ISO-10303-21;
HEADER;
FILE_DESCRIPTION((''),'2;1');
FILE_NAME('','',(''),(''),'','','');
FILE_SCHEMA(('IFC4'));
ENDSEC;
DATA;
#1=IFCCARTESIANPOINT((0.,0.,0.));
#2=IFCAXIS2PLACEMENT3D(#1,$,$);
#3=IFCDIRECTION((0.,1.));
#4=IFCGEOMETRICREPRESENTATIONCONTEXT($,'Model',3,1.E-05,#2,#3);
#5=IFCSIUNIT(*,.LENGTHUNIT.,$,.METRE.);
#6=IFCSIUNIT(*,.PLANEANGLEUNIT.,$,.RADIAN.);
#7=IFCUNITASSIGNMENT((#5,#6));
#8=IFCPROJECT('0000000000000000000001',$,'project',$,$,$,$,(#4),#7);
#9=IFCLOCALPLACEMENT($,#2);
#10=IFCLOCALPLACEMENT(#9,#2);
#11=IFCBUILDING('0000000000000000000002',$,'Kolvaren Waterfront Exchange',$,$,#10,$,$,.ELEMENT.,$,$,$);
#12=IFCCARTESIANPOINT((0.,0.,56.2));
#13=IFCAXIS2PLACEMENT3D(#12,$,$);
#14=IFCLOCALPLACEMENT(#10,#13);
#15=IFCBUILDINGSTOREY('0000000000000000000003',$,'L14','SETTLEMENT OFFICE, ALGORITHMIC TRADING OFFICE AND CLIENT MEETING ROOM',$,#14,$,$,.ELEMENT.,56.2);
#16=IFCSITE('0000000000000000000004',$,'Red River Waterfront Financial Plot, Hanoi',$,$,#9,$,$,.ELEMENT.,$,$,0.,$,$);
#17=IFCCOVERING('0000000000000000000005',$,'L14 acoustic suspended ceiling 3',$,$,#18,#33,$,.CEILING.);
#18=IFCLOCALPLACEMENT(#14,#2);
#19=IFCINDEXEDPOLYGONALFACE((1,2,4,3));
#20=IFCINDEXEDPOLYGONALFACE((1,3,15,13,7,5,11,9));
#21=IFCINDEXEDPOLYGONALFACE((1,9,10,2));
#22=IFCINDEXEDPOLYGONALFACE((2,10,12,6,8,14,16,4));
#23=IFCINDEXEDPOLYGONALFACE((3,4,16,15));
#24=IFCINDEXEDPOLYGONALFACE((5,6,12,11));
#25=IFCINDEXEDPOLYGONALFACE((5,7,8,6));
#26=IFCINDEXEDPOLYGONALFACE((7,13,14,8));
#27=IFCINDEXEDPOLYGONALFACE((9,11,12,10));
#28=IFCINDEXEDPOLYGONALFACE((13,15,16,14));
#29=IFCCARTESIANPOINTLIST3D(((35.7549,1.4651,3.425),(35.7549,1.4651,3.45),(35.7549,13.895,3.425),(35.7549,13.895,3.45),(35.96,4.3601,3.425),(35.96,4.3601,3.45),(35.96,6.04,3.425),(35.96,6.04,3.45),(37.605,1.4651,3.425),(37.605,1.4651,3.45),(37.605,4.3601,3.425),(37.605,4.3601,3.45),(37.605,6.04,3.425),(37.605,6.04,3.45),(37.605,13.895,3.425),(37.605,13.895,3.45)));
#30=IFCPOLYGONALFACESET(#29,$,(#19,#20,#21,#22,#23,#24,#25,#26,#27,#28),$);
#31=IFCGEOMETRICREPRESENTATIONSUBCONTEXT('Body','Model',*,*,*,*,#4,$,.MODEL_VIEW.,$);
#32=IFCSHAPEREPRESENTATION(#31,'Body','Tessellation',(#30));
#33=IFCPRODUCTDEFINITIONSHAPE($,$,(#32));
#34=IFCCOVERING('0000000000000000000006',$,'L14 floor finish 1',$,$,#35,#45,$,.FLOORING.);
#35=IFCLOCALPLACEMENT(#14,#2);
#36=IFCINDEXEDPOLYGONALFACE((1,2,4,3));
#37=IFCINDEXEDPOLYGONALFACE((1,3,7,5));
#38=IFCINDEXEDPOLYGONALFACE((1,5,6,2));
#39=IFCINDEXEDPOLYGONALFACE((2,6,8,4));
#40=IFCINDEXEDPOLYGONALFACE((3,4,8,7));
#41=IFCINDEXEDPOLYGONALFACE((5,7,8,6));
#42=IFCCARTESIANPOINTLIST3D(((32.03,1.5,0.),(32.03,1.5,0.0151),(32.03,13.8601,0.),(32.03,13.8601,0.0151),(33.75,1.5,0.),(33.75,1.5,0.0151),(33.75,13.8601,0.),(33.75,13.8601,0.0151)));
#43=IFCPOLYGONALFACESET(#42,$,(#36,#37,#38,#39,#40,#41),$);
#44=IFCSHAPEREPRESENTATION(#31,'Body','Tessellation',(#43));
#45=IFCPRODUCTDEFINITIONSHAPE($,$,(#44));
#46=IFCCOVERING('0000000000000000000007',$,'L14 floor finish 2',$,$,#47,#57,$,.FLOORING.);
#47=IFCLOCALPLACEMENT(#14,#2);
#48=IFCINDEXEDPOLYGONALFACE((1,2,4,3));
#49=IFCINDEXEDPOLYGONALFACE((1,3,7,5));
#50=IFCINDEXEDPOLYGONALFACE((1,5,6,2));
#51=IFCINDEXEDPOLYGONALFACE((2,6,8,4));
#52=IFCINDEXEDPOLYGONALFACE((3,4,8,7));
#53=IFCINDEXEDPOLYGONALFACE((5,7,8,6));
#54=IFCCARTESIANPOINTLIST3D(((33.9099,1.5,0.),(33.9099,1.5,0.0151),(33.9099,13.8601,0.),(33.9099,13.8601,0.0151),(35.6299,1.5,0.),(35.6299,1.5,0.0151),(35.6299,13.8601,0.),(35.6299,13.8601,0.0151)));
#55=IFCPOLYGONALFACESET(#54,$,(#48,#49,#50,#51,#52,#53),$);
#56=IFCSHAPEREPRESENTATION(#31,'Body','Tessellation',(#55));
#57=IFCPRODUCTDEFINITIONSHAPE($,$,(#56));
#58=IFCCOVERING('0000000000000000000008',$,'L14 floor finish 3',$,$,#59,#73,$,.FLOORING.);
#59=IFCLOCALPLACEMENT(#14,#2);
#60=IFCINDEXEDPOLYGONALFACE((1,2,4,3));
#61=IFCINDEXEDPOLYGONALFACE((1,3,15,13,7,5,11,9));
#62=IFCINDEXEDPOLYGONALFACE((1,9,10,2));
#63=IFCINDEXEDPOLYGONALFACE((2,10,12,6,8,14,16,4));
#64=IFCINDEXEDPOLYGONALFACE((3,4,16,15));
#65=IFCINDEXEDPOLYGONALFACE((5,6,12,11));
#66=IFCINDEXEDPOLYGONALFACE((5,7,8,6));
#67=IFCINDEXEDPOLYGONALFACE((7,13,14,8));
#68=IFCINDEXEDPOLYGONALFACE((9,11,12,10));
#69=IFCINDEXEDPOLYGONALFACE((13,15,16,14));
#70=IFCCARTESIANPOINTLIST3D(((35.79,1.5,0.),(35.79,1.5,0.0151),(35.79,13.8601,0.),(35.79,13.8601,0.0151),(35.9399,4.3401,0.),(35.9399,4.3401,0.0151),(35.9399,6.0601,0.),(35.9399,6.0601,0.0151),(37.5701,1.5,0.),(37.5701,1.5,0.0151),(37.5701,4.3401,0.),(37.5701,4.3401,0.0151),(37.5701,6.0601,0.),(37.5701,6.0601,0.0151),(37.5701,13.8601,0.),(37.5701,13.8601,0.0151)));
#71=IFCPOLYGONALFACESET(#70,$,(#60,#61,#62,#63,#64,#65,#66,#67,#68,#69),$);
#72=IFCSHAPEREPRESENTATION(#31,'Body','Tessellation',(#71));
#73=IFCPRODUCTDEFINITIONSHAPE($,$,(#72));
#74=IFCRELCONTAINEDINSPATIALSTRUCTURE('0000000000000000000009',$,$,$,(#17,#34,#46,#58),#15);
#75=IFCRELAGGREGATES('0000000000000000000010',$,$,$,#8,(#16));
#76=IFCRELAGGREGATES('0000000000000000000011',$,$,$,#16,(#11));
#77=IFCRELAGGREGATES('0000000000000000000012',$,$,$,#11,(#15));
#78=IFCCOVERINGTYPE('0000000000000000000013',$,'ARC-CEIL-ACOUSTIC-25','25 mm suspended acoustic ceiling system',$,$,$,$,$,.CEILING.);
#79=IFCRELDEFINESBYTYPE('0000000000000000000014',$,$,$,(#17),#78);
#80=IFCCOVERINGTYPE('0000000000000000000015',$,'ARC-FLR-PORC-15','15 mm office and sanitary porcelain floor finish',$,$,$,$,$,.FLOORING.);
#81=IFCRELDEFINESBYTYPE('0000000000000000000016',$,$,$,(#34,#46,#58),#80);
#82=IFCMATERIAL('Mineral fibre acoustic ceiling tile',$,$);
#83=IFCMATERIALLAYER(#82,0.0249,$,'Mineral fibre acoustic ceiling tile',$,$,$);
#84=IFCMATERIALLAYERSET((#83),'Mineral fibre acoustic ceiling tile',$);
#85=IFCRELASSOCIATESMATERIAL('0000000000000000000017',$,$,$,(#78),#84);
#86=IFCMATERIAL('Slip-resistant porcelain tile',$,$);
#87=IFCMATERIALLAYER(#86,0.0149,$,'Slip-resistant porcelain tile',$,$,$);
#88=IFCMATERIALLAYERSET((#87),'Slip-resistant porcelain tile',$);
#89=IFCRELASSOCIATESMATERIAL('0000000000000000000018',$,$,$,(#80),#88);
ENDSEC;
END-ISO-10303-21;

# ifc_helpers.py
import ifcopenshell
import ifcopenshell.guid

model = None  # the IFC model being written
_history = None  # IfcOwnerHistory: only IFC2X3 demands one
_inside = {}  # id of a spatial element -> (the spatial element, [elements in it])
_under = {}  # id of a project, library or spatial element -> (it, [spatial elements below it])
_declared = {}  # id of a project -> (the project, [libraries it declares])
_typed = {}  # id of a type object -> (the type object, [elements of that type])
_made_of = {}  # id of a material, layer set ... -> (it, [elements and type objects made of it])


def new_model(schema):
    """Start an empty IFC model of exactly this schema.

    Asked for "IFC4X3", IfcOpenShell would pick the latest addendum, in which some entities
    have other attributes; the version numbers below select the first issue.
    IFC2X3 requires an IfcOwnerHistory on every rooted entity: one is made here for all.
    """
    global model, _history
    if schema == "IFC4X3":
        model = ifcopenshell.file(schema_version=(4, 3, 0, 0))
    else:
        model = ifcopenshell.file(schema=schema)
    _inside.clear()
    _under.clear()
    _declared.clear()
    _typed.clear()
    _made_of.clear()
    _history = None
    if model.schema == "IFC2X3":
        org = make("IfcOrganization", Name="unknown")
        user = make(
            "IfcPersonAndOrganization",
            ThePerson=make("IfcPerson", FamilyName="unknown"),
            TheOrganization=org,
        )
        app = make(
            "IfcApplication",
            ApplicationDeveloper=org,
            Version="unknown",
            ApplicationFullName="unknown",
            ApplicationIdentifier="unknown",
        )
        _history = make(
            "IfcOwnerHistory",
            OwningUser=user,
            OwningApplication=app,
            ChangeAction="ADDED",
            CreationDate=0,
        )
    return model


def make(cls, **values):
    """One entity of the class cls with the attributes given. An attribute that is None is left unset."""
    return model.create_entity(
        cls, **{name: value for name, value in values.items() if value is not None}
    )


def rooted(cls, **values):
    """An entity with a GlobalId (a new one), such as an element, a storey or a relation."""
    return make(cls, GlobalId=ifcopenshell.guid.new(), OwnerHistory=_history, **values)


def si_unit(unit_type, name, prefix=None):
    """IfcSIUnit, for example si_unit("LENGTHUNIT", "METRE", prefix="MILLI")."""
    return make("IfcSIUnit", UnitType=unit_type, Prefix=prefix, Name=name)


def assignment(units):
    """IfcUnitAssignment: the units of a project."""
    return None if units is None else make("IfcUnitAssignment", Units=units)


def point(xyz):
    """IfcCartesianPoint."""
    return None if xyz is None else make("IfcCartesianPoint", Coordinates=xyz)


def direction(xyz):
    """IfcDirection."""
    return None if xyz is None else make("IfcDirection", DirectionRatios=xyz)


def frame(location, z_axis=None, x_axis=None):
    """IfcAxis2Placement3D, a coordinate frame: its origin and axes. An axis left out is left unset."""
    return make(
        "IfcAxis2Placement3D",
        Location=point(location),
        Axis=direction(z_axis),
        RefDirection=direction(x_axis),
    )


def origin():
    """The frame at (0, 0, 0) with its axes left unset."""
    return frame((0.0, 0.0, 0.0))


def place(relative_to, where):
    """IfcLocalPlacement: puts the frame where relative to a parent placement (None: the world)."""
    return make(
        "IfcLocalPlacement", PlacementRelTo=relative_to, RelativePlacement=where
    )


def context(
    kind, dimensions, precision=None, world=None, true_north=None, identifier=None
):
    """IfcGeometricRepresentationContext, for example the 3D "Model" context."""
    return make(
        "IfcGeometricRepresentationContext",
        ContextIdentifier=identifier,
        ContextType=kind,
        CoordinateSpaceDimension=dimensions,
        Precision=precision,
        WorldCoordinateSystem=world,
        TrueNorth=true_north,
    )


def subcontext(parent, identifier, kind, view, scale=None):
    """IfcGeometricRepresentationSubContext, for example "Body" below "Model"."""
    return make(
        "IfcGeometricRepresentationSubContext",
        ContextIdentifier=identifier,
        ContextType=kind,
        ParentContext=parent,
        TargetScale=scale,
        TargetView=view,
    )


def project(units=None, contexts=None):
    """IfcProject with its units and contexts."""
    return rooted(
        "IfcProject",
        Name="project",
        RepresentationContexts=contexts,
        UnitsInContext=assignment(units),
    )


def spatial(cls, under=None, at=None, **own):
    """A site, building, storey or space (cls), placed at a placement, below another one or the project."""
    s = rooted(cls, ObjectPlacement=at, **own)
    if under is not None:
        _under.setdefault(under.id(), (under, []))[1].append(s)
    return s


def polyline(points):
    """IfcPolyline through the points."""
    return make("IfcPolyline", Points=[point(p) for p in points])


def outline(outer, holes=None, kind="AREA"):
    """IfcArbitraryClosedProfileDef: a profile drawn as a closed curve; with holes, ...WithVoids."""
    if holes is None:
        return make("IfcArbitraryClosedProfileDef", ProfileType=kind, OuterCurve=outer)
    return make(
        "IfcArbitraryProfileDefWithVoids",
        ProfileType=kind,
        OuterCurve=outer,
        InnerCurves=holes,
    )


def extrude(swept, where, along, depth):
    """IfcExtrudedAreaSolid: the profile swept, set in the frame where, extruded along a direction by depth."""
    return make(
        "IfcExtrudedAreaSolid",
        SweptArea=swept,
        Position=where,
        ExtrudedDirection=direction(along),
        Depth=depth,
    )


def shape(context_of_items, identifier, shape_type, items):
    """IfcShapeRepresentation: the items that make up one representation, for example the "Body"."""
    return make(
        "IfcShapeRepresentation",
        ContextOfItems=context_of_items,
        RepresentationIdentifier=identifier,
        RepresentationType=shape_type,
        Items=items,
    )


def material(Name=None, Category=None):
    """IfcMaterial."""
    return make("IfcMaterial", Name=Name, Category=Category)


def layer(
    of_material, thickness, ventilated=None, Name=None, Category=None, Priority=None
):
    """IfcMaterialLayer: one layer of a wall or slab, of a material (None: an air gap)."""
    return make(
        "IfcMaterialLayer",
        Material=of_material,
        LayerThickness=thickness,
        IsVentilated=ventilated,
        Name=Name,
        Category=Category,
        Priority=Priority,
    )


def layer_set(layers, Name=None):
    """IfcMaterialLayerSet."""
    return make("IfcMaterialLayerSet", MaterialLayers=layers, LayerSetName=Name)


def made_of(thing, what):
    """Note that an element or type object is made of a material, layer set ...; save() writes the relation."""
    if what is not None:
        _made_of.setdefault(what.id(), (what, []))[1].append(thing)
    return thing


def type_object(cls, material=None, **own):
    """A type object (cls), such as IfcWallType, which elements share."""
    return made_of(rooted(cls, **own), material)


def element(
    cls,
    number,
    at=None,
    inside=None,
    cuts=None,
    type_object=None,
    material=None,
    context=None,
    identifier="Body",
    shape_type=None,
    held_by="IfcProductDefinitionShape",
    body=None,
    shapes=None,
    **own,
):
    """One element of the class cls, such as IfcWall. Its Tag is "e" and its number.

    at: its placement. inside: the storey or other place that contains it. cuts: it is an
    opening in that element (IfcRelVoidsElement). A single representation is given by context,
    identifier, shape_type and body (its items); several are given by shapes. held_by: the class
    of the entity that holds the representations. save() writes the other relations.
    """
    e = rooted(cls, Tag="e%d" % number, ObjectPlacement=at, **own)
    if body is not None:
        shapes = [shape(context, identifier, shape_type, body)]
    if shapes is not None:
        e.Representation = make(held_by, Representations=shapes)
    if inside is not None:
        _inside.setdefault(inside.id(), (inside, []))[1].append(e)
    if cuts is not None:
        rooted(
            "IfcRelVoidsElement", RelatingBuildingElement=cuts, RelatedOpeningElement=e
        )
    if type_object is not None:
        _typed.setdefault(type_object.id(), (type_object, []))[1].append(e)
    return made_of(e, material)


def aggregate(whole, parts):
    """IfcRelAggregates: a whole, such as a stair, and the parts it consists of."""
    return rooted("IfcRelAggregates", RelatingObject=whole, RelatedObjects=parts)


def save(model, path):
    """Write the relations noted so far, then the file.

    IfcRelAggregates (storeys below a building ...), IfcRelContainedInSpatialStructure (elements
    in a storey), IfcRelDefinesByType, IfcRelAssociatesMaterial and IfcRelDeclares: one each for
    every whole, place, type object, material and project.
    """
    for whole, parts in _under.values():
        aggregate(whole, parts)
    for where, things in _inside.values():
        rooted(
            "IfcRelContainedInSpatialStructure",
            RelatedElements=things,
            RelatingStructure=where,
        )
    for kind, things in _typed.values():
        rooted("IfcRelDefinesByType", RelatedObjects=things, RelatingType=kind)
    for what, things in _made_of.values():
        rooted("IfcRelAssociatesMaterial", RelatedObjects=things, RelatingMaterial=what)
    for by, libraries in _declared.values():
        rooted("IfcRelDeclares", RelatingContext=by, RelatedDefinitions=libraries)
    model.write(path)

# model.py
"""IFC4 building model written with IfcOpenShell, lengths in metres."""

from ifc_helpers import new_model, si_unit, direction, frame, origin, place, context, subcontext, project, spatial, polyline, outline, extrude, material, layer, layer_set, type_object, element, save


model = new_model("IFC4")

# Units and contexts
model_context = context("Model", 3, precision=1e-05, world=origin(), true_north=direction((0.0, 1.0)))
body_context = subcontext(model_context, "Body", "Model", "MODEL_VIEW")
ifc_project = project(units=[si_unit("LENGTHUNIT", "METRE"), si_unit("PLANEANGLEUNIT", "RADIAN")], contexts=[model_context])

# Site, building, storey
site_placement = place(None, origin())
site = spatial("IfcSite", under=ifc_project, at=site_placement, Name="Red River Waterfront Financial Plot, Hanoi", CompositionType="ELEMENT", RefElevation=0.0)
building_placement = place(site_placement, origin())
building = spatial("IfcBuilding", under=site, at=building_placement, Name="Kolvaren Waterfront Exchange", CompositionType="ELEMENT")
storey_placement = place(building_placement, frame((0.0, 0.0, 56.2)))
storey = spatial("IfcBuildingStorey", under=building, at=storey_placement, Name="L14", Description="SETTLEMENT OFFICE, ALGORITHMIC TRADING OFFICE AND CLIENT MEETING ROOM", CompositionType="ELEMENT", Elevation=56.2)

# Coverings
ifc_material_1 = material(Name="Mineral fibre acoustic ceiling tile")
ifc_layer_1 = layer(ifc_material_1, 0.0249, Name="Mineral fibre acoustic ceiling tile")
ifc_layer_set_1 = layer_set([ifc_layer_1], Name="Mineral fibre acoustic ceiling tile")
covering_type_1 = type_object("IfcCoveringType", Name="ARC-CEIL-ACOUSTIC-25", Description="25 mm suspended acoustic ceiling system", PredefinedType="CEILING", material=ifc_layer_set_1)
covering_1_placement = place(storey_placement, frame((0.0, 0.0, 3.425)))
element("IfcCovering", 1, at=covering_1_placement, inside=storey, type_object=covering_type_1, Name="L14 acoustic suspended ceiling 3", PredefinedType="CEILING", context=body_context, shape_type="SweptSolid", body=[
    extrude(outline(polyline([(37.605, 4.3601), (35.96, 4.3601), (35.96, 6.04), (37.605, 6.04), (37.605, 13.895), (35.7549, 13.895), (35.7549, 1.4651), (37.605, 1.4651), (37.605, 4.3601)])), origin(), (0.0, 0.0, 1.0), 0.0249),
])
ifc_material_2 = material(Name="Slip-resistant porcelain tile")
ifc_layer_2 = layer(ifc_material_2, 0.0149, Name="Slip-resistant porcelain tile")
ifc_layer_set_2 = layer_set([ifc_layer_2], Name="Slip-resistant porcelain tile")
covering_type_2 = type_object("IfcCoveringType", Name="ARC-FLR-PORC-15", Description="15 mm office and sanitary porcelain floor finish", PredefinedType="FLOORING", material=ifc_layer_set_2)
covering_2_placement = place(storey_placement, origin())
element("IfcCovering", 2, at=covering_2_placement, inside=storey, type_object=covering_type_2, Name="L14 floor finish 1", PredefinedType="FLOORING", context=body_context, shape_type="SweptSolid", body=[
    extrude(outline(polyline([(32.03, 13.8601), (32.03, 1.5), (33.75, 1.5), (33.75, 13.8601), (32.03, 13.8601)])), origin(), (0.0, 0.0, 1.0), 0.0151),
])
covering_3_placement = place(storey_placement, origin())
element("IfcCovering", 3, at=covering_3_placement, inside=storey, type_object=covering_type_2, Name="L14 floor finish 2", PredefinedType="FLOORING", context=body_context, shape_type="SweptSolid", body=[
    extrude(outline(polyline([(33.9099, 13.8601), (33.9099, 1.5), (35.6299, 1.5), (35.6299, 13.8601), (33.9099, 13.8601)])), origin(), (0.0, 0.0, 1.0), 0.0151),
])
covering_4_placement = place(storey_placement, origin())
element("IfcCovering", 4, at=covering_4_placement, inside=storey, type_object=covering_type_2, Name="L14 floor finish 3", PredefinedType="FLOORING", context=body_context, shape_type="SweptSolid", body=[
    extrude(outline(polyline([(35.79, 13.8601), (35.79, 1.5), (37.5701, 1.5), (37.5701, 4.3401), (35.9399, 4.3401), (35.9399, 6.0601), (37.5701, 6.0601), (37.5701, 13.8601), (35.79, 13.8601)])), origin(), (0.0, 0.0, 1.0), 0.0151),
])

save(model, "model.ifc")
